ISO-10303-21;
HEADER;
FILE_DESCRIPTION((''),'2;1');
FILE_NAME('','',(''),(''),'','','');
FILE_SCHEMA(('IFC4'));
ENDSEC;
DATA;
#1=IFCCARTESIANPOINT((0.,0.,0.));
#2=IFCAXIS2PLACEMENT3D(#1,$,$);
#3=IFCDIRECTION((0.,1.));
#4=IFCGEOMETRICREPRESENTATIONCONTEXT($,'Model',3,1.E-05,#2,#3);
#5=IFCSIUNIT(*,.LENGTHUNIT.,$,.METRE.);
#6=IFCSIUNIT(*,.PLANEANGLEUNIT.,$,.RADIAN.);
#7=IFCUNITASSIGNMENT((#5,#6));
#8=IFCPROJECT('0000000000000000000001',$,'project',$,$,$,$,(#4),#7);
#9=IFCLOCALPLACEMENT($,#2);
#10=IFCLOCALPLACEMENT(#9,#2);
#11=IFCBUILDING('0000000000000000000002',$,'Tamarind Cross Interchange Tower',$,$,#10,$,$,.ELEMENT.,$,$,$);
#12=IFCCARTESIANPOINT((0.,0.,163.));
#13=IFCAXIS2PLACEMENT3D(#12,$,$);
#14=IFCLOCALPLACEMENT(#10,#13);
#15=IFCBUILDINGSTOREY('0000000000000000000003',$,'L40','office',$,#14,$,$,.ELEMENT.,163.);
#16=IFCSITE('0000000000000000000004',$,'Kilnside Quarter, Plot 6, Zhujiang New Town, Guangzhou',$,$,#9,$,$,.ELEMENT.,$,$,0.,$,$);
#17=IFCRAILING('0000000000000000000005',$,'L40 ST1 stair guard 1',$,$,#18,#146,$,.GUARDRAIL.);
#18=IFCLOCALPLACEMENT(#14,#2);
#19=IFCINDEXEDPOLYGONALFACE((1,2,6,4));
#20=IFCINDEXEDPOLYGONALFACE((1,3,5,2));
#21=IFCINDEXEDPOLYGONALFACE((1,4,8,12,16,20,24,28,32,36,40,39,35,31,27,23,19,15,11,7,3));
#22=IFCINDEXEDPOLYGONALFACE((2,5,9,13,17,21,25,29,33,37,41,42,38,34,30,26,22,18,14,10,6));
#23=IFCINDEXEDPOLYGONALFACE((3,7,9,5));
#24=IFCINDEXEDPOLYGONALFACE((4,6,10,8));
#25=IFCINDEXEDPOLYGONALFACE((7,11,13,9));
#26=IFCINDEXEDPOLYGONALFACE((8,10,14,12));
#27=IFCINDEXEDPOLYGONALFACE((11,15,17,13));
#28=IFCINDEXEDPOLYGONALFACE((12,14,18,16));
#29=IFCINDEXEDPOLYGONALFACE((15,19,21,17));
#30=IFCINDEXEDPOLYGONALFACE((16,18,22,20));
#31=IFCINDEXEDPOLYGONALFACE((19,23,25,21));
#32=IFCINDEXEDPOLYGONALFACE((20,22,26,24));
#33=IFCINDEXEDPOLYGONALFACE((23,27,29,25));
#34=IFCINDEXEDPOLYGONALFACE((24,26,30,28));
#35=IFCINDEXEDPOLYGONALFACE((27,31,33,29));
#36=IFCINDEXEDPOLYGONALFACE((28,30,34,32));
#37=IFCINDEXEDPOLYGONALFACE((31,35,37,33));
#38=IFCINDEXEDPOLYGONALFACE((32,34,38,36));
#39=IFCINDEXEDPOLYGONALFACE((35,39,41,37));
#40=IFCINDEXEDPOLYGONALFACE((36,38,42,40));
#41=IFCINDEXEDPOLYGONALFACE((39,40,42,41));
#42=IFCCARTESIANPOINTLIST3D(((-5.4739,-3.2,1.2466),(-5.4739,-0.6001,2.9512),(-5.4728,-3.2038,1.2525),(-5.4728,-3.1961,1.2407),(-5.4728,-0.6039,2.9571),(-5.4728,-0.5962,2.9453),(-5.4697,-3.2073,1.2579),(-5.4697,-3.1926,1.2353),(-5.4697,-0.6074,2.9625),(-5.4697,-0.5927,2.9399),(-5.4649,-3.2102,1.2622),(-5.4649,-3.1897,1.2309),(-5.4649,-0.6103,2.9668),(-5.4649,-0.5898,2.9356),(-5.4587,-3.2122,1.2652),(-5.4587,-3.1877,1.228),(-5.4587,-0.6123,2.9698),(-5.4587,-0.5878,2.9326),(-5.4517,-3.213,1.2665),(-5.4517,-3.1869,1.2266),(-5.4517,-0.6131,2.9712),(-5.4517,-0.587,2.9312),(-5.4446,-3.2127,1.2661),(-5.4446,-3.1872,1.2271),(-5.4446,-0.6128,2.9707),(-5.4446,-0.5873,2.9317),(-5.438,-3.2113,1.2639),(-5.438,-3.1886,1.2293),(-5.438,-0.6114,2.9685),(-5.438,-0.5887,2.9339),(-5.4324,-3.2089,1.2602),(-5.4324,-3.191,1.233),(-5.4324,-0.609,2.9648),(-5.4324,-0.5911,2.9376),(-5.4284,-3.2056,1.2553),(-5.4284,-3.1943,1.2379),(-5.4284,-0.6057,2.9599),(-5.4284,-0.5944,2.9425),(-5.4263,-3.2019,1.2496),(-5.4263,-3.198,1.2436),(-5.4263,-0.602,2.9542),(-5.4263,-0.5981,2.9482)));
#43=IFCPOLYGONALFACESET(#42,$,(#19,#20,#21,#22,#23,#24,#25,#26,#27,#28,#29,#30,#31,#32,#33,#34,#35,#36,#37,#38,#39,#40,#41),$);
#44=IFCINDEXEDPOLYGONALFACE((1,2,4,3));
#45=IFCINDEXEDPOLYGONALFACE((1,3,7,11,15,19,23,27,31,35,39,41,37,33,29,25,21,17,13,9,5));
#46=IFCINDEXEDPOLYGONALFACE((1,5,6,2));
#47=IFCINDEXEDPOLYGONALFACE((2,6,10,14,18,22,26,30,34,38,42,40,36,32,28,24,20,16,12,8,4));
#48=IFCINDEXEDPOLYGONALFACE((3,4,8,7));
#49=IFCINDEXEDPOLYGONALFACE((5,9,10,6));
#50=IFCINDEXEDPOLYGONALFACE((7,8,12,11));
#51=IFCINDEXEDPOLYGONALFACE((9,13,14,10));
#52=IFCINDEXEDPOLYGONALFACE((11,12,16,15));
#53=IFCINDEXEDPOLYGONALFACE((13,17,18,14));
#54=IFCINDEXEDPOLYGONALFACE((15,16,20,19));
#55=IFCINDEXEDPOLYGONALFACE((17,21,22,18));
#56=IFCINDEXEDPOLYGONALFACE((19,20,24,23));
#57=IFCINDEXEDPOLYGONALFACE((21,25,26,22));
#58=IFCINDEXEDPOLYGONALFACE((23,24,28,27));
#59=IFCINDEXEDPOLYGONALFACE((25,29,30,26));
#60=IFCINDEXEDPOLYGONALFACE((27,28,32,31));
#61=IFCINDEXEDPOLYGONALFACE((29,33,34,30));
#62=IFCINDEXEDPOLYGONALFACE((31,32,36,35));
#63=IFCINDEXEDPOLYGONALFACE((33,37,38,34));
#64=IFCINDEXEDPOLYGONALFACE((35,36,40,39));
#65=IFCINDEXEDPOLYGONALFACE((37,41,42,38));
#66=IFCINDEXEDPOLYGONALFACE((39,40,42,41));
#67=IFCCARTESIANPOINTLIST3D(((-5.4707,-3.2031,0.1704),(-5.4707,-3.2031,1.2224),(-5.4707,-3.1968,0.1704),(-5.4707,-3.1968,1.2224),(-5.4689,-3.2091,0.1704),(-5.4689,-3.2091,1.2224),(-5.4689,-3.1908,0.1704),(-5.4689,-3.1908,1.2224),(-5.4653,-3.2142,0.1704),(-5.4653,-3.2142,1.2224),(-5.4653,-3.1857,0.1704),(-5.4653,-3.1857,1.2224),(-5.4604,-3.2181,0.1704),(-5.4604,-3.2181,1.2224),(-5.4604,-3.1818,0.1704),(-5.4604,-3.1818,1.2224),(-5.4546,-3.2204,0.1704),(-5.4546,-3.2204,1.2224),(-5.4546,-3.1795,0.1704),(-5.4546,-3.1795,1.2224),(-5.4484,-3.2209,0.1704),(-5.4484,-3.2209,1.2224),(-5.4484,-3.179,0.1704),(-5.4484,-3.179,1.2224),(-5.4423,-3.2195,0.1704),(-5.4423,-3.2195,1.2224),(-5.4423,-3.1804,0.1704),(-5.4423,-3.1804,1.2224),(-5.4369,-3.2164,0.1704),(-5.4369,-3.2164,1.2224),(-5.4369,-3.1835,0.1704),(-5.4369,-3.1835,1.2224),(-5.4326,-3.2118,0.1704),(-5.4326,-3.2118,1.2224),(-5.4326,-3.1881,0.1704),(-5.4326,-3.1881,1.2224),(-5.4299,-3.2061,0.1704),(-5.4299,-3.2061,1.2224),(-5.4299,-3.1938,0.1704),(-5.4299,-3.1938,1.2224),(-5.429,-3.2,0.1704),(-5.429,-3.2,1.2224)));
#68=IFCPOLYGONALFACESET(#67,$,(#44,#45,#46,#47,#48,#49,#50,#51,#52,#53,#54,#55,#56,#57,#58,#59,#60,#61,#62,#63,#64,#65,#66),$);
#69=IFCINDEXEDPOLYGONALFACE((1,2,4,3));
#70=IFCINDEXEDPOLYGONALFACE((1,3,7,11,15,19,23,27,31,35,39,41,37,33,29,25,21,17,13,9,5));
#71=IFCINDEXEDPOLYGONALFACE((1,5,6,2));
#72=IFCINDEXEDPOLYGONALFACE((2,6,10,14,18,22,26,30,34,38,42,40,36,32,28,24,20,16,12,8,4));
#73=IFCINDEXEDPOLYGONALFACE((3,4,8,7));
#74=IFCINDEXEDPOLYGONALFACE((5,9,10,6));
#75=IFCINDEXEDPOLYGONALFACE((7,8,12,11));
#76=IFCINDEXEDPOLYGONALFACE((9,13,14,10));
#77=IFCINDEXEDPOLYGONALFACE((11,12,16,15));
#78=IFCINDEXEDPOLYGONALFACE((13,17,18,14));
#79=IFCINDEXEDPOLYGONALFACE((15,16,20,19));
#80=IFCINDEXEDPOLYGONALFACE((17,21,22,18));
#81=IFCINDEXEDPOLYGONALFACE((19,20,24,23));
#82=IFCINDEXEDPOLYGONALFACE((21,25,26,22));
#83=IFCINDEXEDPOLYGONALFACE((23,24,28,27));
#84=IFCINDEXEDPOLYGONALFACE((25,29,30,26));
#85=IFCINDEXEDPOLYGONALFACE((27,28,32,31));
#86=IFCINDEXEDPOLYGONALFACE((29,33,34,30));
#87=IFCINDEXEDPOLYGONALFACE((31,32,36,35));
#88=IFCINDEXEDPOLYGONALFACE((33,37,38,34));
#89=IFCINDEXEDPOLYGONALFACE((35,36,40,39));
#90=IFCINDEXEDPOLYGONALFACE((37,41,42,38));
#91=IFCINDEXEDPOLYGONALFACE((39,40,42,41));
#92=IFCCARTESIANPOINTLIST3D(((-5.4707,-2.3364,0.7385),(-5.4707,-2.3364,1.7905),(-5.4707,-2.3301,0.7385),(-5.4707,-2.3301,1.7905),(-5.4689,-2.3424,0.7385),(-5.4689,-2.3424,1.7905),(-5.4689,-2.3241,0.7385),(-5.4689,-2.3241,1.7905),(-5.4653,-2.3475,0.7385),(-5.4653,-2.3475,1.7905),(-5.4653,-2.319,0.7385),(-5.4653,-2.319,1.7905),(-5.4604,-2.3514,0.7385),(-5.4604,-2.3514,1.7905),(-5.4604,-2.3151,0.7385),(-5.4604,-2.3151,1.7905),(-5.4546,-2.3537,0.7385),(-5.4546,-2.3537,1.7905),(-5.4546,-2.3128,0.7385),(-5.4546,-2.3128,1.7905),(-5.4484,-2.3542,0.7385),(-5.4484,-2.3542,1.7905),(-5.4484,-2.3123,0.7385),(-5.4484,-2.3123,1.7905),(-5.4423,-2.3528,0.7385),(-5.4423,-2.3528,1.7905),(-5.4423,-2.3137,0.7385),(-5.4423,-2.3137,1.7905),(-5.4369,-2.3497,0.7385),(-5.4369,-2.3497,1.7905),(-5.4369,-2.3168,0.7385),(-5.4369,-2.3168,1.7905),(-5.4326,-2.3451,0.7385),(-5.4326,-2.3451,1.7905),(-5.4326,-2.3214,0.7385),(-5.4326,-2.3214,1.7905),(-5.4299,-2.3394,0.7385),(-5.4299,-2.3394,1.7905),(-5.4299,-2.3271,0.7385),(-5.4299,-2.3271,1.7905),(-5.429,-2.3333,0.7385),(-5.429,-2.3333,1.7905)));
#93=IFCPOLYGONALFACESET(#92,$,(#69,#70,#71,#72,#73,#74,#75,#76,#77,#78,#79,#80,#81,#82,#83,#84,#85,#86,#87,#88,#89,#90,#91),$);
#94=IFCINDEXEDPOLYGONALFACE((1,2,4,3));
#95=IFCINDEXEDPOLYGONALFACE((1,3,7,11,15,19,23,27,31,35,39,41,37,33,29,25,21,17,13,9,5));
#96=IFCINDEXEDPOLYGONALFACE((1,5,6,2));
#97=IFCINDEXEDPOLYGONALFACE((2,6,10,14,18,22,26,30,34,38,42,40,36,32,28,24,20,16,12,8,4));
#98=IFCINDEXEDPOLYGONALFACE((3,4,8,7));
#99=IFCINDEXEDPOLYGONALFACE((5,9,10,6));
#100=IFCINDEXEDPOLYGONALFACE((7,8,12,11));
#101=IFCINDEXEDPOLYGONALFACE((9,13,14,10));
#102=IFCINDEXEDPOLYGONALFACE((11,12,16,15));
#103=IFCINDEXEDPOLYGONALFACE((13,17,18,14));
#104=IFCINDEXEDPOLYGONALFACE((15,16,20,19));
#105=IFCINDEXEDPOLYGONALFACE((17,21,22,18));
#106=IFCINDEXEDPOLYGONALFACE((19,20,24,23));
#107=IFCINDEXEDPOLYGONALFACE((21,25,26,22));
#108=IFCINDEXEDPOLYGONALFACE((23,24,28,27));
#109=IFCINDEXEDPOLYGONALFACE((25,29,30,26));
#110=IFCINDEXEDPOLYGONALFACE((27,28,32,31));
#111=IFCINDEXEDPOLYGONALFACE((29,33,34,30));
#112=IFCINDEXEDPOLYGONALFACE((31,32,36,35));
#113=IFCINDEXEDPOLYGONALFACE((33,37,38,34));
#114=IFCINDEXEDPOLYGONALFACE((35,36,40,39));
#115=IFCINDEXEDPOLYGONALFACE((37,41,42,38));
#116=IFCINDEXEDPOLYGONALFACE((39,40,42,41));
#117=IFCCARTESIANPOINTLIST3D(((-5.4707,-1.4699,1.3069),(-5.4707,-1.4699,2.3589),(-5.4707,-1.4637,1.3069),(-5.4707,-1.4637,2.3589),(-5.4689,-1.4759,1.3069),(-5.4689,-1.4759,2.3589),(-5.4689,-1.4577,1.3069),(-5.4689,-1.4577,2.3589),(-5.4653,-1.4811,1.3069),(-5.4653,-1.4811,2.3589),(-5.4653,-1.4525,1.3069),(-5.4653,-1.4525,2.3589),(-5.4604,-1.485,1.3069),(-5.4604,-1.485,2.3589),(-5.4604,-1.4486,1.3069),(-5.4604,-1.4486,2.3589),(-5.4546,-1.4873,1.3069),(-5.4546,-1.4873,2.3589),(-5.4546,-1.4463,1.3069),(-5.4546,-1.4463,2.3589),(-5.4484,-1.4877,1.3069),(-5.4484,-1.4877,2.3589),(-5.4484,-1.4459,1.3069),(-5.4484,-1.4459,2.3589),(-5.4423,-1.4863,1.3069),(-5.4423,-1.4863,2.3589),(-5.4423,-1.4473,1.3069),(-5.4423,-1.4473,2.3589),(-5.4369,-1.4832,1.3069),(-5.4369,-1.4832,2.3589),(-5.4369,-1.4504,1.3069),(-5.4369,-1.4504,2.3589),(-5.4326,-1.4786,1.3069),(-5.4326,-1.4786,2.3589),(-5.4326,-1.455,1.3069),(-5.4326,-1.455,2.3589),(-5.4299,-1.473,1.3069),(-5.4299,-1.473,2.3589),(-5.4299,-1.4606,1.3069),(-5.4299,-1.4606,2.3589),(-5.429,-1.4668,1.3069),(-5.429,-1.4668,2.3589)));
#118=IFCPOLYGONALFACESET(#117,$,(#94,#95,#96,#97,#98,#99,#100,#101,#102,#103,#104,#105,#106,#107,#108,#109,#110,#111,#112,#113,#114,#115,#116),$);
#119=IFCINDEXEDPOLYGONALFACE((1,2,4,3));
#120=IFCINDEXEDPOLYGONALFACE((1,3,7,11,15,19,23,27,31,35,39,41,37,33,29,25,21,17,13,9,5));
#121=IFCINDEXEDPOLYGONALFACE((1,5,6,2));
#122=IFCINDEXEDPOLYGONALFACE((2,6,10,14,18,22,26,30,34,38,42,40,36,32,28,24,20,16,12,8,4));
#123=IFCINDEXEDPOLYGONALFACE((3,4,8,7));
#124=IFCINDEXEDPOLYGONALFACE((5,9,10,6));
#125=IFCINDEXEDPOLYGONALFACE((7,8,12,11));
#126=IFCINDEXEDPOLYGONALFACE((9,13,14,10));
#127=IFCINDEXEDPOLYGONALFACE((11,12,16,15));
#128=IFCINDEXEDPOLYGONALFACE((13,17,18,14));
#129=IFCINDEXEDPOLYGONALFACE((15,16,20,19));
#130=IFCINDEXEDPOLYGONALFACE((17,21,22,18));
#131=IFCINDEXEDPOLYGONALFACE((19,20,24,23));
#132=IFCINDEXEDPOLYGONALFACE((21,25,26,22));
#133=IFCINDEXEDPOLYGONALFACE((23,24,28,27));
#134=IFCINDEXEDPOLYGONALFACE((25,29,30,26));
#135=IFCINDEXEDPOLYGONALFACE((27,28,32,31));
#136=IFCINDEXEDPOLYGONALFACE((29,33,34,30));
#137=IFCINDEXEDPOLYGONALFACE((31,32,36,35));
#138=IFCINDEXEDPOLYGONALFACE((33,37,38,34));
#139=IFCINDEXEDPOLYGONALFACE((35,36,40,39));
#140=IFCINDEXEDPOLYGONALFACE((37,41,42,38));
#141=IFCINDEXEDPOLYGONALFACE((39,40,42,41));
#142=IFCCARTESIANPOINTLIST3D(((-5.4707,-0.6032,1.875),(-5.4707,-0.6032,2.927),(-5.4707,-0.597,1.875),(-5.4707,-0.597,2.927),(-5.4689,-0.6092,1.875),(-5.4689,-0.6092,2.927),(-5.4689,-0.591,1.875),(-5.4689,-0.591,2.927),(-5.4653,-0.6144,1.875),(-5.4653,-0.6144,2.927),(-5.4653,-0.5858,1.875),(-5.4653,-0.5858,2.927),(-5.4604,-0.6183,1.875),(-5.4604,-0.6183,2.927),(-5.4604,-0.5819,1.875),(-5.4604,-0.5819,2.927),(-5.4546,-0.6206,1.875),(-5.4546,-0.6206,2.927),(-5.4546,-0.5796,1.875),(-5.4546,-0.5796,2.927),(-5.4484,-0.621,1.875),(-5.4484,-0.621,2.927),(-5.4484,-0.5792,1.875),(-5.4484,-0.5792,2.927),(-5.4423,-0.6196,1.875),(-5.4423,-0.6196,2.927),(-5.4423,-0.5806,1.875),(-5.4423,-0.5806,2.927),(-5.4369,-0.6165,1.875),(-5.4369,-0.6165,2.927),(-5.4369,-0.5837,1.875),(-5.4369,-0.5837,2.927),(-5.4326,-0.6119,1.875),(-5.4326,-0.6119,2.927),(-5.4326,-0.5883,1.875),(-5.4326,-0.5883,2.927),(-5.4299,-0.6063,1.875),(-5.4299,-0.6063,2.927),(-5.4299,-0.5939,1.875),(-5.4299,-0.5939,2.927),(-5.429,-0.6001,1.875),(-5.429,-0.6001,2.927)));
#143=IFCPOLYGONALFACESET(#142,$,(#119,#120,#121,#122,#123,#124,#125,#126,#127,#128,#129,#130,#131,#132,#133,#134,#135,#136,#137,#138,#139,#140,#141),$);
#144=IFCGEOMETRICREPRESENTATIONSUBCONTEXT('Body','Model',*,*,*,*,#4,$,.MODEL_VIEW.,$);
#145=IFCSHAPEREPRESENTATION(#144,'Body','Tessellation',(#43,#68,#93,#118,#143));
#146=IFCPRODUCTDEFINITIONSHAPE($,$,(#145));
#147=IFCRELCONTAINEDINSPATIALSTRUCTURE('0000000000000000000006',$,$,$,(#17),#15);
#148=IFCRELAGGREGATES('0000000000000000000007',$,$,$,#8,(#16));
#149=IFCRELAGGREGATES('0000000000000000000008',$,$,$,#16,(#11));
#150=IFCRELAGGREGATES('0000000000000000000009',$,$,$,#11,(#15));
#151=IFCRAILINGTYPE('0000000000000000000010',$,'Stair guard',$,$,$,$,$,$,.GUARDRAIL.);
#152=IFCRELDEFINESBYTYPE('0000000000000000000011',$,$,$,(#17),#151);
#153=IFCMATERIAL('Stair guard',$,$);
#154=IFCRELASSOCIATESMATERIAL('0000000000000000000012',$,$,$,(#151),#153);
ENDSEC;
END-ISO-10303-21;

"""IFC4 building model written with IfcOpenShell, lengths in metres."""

from ifc_helpers import new_model, si_unit, direction, frame, origin, origin_2d, place, context, subcontext, project, spatial, circle, extrude, material, type_object, element, save


model = new_model("IFC4")

# Units and contexts
model_context = context("Model", 3, precision=1e-05, world=origin(), true_north=direction((0.0, 1.0)))
body_context = subcontext(model_context, "Body", "Model", "MODEL_VIEW")
ifc_project = project(units=[si_unit("LENGTHUNIT", "METRE"), si_unit("PLANEANGLEUNIT", "RADIAN")], contexts=[model_context])

# Site, building, storey
site_placement = place(None, origin())
site = spatial("IfcSite", under=ifc_project, at=site_placement, Name="Kilnside Quarter, Plot 6, Zhujiang New Town, Guangzhou", CompositionType="ELEMENT", RefElevation=0.0)
building_placement = place(site_placement, origin())
building = spatial("IfcBuilding", under=site, at=building_placement, Name="Tamarind Cross Interchange Tower", CompositionType="ELEMENT")
storey_placement = place(building_placement, frame((0.0, 0.0, 163.0)))
storey = spatial("IfcBuildingStorey", under=building, at=storey_placement, Name="L40", Description="office", CompositionType="ELEMENT", Elevation=163.0)

# Railing
ifc_material_1 = material(Name="Stair guard")
railing_type_1 = type_object("IfcRailingType", Name="Stair guard", PredefinedType="GUARDRAIL", material=ifc_material_1)
railing_1_placement = place(storey_placement, frame((-5.45, -3.2, 0.1704)))
element("IfcRailing", 1, at=railing_1_placement, inside=storey, type_object=railing_type_1, Name="L40 ST1 stair guard 1", PredefinedType="GUARDRAIL", context=body_context, shape_type="SweptSolid", body=[
    extrude(circle(Radius=0.0239, at=origin_2d()), frame((0.0, 0.0, 1.0762), z_axis=(0.0, 0.836279, 0.548305), x_axis=(-1.0, 0.0, 0.0)), (0.0, 0.0, 1.0), 3.1089),
    extrude(circle(Radius=0.021, at=origin_2d()), origin(), (0.0, 0.0, 1.0), 1.052),
    extrude(circle(Radius=0.021, at=origin_2d()), frame((0.0, 0.8667, 0.5681)), (0.0, 0.0, 1.0), 1.052),
    extrude(circle(Radius=0.021, at=origin_2d()), frame((0.0, 1.7332, 1.1365)), (0.0, 0.0, 1.0), 1.052),
    extrude(circle(Radius=0.021, at=origin_2d()), frame((0.0, 2.5999, 1.7046)), (0.0, 0.0, 1.0), 1.052),
])

save(model, "model.ifc")
